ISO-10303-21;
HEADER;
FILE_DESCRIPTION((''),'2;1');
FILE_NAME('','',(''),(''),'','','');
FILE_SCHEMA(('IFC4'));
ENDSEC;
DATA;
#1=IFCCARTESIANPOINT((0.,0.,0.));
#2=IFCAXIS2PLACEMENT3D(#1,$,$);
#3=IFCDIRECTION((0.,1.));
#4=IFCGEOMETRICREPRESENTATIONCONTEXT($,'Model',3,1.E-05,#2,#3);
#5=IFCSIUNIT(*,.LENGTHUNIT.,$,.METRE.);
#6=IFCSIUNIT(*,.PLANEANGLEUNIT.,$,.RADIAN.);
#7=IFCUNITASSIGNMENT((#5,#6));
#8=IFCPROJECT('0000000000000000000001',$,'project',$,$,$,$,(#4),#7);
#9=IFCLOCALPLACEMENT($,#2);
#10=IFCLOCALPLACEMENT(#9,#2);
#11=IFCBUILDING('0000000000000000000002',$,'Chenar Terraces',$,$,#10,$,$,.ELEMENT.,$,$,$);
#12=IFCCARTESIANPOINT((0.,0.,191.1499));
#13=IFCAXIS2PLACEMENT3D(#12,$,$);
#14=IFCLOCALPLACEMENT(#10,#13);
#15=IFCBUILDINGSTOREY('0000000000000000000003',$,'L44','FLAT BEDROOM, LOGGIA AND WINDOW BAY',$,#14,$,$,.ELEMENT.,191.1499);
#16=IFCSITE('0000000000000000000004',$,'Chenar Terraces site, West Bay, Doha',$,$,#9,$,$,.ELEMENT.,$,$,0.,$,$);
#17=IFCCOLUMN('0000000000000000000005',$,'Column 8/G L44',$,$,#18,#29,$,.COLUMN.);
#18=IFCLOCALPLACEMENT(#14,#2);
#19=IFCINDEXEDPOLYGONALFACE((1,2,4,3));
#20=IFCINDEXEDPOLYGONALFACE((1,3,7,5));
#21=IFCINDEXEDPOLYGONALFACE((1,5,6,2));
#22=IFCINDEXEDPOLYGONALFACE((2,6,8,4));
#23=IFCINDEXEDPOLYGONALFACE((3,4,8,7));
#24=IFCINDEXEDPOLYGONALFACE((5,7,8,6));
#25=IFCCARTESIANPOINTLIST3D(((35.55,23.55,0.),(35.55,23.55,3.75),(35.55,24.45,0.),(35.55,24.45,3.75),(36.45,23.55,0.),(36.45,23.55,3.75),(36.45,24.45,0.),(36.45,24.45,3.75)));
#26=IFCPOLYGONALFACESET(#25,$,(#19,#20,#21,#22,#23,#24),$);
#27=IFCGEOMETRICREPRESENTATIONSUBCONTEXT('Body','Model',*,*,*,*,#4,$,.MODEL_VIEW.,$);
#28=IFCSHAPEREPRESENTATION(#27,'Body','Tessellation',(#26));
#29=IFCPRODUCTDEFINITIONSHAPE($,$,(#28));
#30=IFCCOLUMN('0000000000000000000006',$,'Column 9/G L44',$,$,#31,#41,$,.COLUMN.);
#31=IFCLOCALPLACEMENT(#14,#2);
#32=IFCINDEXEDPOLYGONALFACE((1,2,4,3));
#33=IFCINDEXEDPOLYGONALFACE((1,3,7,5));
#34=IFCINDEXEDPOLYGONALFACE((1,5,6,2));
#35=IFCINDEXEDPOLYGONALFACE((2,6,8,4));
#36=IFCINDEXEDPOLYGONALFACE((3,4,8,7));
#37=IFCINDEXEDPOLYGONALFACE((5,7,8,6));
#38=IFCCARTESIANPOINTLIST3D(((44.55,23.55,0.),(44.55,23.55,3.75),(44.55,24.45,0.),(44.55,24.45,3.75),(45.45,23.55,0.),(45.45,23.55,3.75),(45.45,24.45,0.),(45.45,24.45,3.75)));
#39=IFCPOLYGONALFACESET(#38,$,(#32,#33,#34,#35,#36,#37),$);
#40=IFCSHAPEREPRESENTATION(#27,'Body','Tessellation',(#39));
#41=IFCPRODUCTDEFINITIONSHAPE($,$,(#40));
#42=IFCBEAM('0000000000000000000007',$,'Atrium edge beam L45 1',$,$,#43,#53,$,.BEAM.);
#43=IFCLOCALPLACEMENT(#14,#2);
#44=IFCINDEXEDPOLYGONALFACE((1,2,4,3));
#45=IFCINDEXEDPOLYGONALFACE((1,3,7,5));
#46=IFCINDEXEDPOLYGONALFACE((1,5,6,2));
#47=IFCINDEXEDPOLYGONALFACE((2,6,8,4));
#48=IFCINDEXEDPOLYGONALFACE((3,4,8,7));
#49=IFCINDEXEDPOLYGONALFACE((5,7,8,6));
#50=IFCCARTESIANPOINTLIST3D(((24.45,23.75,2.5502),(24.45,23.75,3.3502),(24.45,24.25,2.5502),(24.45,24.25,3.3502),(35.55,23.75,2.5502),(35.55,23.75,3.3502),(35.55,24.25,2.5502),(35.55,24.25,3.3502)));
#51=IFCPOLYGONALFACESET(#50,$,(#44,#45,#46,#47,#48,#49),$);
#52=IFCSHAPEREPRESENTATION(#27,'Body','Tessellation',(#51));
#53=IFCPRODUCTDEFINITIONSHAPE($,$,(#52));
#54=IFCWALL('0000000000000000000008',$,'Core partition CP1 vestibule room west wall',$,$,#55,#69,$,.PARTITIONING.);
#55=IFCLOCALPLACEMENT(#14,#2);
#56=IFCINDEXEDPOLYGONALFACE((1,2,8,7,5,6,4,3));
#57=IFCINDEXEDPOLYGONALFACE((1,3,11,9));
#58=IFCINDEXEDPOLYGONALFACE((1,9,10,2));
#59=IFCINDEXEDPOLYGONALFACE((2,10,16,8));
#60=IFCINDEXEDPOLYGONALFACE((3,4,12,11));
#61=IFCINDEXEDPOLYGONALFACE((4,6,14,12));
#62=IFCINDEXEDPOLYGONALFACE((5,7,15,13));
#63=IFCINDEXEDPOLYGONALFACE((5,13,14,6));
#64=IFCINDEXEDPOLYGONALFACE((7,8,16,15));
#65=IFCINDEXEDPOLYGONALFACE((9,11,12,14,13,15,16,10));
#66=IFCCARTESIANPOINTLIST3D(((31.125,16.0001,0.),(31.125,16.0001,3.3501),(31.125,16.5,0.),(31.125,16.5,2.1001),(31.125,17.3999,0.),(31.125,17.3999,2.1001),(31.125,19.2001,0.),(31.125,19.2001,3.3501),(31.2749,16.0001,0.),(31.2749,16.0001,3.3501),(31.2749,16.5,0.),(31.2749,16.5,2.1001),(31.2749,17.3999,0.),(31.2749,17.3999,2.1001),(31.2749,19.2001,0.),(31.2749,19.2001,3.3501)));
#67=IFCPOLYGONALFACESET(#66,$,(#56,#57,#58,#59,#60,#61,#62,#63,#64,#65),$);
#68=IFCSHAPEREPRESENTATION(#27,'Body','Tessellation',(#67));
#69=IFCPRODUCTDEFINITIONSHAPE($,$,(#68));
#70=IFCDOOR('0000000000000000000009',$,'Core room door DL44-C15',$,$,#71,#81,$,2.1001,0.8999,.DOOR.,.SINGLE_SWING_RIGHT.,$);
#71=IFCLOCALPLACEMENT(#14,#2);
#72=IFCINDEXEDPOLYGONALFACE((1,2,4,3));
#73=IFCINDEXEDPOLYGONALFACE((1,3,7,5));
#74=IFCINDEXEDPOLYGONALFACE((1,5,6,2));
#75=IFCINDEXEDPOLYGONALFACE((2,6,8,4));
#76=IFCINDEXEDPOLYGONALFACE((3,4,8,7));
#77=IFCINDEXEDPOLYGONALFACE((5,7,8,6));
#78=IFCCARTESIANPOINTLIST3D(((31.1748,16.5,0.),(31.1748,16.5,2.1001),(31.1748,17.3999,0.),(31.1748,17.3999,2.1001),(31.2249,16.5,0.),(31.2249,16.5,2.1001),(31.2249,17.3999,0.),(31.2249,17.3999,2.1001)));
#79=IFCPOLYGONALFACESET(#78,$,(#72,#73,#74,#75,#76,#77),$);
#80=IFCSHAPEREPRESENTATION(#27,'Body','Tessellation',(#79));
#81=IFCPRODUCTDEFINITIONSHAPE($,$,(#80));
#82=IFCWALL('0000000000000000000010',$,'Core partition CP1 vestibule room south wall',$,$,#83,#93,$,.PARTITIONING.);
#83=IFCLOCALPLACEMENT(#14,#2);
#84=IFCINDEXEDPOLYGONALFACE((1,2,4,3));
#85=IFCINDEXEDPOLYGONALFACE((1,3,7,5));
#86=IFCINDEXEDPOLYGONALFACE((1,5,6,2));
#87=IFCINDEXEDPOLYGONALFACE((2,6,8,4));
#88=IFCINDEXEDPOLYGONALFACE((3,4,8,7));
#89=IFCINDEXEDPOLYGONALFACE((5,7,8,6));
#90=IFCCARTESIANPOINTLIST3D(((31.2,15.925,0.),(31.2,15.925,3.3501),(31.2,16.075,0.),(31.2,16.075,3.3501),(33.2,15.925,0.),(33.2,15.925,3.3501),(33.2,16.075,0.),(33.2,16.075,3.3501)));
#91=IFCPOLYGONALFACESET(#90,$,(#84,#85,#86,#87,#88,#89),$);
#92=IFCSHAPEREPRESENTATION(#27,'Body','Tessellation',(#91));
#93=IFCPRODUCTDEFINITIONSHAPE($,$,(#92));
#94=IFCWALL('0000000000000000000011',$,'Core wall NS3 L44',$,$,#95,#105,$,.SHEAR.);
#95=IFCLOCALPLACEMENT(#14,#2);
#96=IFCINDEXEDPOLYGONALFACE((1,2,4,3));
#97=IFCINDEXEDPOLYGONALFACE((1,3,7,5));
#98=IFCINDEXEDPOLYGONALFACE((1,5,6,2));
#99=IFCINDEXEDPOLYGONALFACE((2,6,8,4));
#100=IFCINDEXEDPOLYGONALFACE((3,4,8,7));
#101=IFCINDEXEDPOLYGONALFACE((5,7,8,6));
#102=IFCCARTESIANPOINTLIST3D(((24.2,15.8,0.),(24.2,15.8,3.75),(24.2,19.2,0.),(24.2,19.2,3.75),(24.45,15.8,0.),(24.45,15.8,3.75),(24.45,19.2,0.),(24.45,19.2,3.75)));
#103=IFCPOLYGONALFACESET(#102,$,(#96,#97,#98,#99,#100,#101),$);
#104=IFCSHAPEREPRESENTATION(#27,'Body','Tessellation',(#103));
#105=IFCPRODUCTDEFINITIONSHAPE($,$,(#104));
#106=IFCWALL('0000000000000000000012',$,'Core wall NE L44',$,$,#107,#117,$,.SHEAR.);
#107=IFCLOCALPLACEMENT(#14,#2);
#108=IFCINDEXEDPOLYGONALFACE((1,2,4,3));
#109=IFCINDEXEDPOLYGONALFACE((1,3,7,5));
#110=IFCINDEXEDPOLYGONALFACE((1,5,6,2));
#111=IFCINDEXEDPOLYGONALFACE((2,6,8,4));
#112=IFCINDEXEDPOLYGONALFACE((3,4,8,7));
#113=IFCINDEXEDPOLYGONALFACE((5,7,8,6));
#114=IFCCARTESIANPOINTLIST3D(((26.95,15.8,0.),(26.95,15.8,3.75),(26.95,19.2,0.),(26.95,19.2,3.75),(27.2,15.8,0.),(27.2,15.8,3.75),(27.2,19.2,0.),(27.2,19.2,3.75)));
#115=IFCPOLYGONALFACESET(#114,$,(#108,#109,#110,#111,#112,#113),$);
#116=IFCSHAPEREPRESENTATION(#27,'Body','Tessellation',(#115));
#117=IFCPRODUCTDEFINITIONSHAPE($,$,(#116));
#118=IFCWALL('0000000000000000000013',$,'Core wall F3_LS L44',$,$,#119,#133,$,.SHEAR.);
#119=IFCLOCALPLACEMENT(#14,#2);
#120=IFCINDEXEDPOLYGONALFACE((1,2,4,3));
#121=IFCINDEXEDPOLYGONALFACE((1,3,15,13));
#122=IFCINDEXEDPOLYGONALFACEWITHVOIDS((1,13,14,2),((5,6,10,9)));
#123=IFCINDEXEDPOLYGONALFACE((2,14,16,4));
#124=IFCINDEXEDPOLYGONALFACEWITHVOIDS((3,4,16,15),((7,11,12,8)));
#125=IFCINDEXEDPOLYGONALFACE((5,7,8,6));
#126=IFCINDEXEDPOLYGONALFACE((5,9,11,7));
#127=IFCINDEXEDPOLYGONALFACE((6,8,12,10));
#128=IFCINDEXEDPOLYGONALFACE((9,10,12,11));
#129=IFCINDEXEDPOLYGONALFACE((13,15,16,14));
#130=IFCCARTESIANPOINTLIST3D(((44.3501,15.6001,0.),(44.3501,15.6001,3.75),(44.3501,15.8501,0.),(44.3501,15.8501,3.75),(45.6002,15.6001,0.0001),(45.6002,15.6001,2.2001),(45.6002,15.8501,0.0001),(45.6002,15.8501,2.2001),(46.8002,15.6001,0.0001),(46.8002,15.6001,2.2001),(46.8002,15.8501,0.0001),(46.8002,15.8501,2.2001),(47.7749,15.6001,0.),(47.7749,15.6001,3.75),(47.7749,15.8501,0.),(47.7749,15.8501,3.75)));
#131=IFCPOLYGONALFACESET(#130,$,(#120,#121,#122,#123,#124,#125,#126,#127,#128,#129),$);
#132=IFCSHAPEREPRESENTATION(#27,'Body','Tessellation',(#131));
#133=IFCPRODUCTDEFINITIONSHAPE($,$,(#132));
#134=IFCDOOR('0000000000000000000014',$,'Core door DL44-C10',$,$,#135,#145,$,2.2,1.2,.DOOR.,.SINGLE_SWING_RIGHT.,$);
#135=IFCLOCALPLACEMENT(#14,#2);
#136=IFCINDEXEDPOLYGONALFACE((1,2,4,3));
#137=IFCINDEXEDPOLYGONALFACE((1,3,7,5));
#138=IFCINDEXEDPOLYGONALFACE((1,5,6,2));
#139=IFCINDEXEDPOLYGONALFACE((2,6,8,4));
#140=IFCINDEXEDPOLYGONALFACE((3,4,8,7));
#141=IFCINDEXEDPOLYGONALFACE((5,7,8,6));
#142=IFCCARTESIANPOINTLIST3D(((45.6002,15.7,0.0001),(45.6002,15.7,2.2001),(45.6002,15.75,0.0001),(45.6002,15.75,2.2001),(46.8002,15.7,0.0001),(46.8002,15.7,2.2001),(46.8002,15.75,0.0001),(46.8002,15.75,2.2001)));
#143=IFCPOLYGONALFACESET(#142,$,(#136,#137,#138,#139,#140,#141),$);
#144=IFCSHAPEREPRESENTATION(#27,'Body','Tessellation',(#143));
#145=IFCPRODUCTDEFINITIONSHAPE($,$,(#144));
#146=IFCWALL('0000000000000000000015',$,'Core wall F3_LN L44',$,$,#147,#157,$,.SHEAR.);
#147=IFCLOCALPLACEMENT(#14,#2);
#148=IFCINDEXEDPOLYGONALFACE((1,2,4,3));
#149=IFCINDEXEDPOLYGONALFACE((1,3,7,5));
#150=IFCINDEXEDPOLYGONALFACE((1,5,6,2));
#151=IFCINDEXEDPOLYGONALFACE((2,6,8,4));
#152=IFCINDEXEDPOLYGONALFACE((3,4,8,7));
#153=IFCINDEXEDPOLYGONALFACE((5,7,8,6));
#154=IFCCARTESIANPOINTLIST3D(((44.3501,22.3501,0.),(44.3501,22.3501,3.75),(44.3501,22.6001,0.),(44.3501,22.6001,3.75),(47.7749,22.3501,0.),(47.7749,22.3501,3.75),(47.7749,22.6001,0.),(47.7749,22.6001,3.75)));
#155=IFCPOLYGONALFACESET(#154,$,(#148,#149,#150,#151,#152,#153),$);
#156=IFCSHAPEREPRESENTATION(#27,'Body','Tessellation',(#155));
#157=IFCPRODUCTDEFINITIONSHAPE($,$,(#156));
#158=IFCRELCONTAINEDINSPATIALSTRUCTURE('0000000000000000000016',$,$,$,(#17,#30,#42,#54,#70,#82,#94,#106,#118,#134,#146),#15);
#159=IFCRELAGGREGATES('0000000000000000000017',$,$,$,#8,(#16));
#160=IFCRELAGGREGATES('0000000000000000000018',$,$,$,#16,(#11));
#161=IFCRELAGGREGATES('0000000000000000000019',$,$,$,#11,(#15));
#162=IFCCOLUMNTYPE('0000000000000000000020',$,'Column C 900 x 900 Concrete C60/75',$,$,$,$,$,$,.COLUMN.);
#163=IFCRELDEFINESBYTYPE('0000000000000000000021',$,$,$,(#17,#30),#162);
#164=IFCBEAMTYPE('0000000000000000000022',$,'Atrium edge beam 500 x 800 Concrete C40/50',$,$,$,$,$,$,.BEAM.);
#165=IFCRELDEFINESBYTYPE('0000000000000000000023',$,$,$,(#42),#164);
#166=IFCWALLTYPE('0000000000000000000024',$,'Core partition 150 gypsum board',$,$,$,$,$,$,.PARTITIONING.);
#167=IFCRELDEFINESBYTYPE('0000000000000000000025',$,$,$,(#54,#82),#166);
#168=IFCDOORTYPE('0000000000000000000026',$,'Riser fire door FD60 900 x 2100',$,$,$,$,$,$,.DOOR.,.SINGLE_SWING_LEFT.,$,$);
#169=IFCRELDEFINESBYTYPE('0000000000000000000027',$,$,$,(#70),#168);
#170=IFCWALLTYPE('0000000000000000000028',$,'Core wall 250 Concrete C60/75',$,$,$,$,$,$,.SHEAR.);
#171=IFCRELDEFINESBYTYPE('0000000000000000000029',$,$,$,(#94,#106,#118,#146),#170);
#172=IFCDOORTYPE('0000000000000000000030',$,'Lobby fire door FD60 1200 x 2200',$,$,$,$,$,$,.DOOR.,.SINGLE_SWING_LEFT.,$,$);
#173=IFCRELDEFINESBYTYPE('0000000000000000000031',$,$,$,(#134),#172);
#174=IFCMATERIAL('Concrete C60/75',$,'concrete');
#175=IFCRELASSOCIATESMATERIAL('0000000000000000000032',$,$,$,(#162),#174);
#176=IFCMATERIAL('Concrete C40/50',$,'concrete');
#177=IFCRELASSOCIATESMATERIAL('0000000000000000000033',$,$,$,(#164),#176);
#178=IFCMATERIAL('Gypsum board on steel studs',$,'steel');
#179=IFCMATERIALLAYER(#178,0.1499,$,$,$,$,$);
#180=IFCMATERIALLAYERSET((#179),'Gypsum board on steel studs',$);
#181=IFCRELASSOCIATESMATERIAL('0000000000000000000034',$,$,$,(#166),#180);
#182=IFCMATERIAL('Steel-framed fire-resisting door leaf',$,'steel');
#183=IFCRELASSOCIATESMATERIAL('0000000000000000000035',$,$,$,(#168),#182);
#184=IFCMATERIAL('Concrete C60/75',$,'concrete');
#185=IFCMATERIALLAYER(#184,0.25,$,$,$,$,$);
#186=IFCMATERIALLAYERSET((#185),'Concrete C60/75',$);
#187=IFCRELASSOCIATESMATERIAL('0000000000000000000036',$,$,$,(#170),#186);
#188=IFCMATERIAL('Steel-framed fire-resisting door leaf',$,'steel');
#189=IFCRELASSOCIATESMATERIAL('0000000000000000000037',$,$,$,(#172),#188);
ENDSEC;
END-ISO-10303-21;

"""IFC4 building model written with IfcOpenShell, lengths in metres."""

from ifc_helpers import new_model, si_unit, direction, frame, frame_2d, origin, origin_2d, place, context, subcontext, project, spatial, rectangle, extrude, material, layer, layer_set, material_profile, profile_set, type_object, element, fill, save


model = new_model("IFC4")

# Units and contexts
model_context = context("Model", 3, precision=1e-05, world=origin(), true_north=direction((0.0, 1.0)))
body_context = subcontext(model_context, "Body", "Model", "MODEL_VIEW")
ifc_project = project(units=[si_unit("LENGTHUNIT", "METRE"), si_unit("PLANEANGLEUNIT", "RADIAN")], contexts=[model_context])

# Site, building, storey
site_placement = place(None, origin())
site = spatial("IfcSite", under=ifc_project, at=site_placement, Name="Chenar Terraces site, West Bay, Doha", CompositionType="ELEMENT", RefElevation=0.0)
building_placement = place(site_placement, origin())
building = spatial("IfcBuilding", under=site, at=building_placement, Name="Chenar Terraces", CompositionType="ELEMENT")
storey_placement = place(building_placement, frame((0.0, 0.0, 191.1499)))
storey = spatial("IfcBuildingStorey", under=building, at=storey_placement, Name="L44", Description="FLAT BEDROOM, LOGGIA AND WINDOW BAY", CompositionType="ELEMENT", Elevation=191.1499)

# Columns
ifc_material_1 = material(Name="Concrete C60/75", Category="concrete")
ifc_material_profile_1 = material_profile(ifc_material_1, rectangle(XDim=0.8999, YDim=0.8999, at=origin_2d()), Name="C 900 x 900")
ifc_profile_set_1 = profile_set([ifc_material_profile_1], Name="Concrete C60/75")
column_type = type_object("IfcColumnType", Name="Column C 900 x 900 Concrete C60/75", PredefinedType="COLUMN", material=ifc_profile_set_1)
for number, where, z_axis, x_axis, name in (
    (1, (36.0, 24.0, 0.0), (0.0, 0.0, 1.0), (1.0, 0.0, 0.0), "Column 8/G L44"),
    (2, (45.0, 24.0, 0.0), (0.0, 0.0, 1.0), (1.0, 0.0, 0.0), "Column 9/G L44"),
):
    element("IfcColumn", number, at=place(storey_placement, frame(where, z_axis=z_axis, x_axis=x_axis)), inside=storey, type_object=column_type, Name=name, PredefinedType="COLUMN", context=body_context, shape_type="SweptSolid", body=[
        extrude(rectangle(XDim=0.8999, YDim=0.8999, at=origin_2d()), origin(), (0.0, 0.0, 1.0), 3.75),
    ])

# Beam
ifc_material_2 = material(Name="Concrete C40/50", Category="concrete")
ifc_material_profile_2 = material_profile(ifc_material_2, rectangle(XDim=0.5, YDim=0.8, at=origin_2d()), Name="RC 500 x 800")
ifc_profile_set_2 = profile_set([ifc_material_profile_2], Name="Concrete C40/50")
beam_type = type_object("IfcBeamType", Name="Atrium edge beam 500 x 800 Concrete C40/50", PredefinedType="BEAM", material=ifc_profile_set_2)
beam_placement = place(storey_placement, frame((24.45, 24.0, 2.9502), z_axis=(1.0, 0.0, 0.0), x_axis=(0.0, 1.0, 0.0)))
element("IfcBeam", 3, at=beam_placement, inside=storey, type_object=beam_type, Name="Atrium edge beam L45 1", PredefinedType="BEAM", context=body_context, shape_type="SweptSolid", body=[
    extrude(rectangle(XDim=0.5, YDim=0.8, at=origin_2d()), origin(), (0.0, 0.0, 1.0), 11.1001),
])

# Wall, opening, door
ifc_material_3 = material(Name="Gypsum board on steel studs", Category="steel")
ifc_layer_1 = layer(ifc_material_3, 0.1499)
ifc_layer_set_1 = layer_set([ifc_layer_1], Name="Gypsum board on steel studs")
wall_type_1 = type_object("IfcWallType", Name="Core partition 150 gypsum board", PredefinedType="PARTITIONING", material=ifc_layer_set_1)
wall_1_placement = place(storey_placement, frame((31.2, 16.0, 0.0), z_axis=(0.0, 0.0, 1.0), x_axis=(0.0, 1.0, 0.0)))
wall_1 = element("IfcWall", 4, at=wall_1_placement, inside=storey, type_object=wall_type_1, Name="Core partition CP1 vestibule room west wall", PredefinedType="PARTITIONING", context=body_context, shape_type="SweptSolid", body=[
    extrude(rectangle(XDim=3.2, YDim=0.1499, at=frame_2d((1.6001, 0.0))), origin(), (0.0, 0.0, 1.0), 3.3501),
])
opening_1_placement = place(wall_1_placement, frame((0.5, 0.0, 0.0)))
opening_1 = element("IfcOpeningElement", 5, at=opening_1_placement, cuts=wall_1, PredefinedType="OPENING", context=body_context, shape_type="SweptSolid", body=[
    extrude(rectangle(XDim=0.8999, YDim=2.1001, at=frame_2d((0.45, 1.05))), frame((0.0, 0.085, 0.0), z_axis=(0.0, -1.0, 0.0), x_axis=(1.0, 0.0, 0.0)), (0.0, 0.0, 1.0), 0.1699),
])
ifc_material_4 = material(Name="Steel-framed fire-resisting door leaf", Category="steel")
door_type_1 = type_object("IfcDoorType", Name="Riser fire door FD60 900 x 2100", OperationType="SINGLE_SWING_LEFT", PredefinedType="DOOR", material=ifc_material_4)
door_1_placement = place(opening_1_placement, frame((0.8999, 0.0, 0.0), z_axis=(0.0, 0.0, 1.0), x_axis=(-1.0, 0.0, 0.0)))
door_1 = element("IfcDoor", 6, at=door_1_placement, inside=storey, type_object=door_type_1, Name="Core room door DL44-C15", OperationType="SINGLE_SWING_RIGHT", OverallHeight=2.1001, OverallWidth=0.8999, PredefinedType="DOOR", context=body_context, shape_type="SweptSolid", body=[
    extrude(rectangle(XDim=0.8999, YDim=2.1001, at=frame_2d((0.45, 1.05))), frame((0.0, 0.0249, 0.0), z_axis=(0.0, -1.0, 0.0), x_axis=(1.0, 0.0, 0.0)), (0.0, 0.0, 1.0), 0.05),
])
fill(opening_1, door_1)

# Walls
wall_2_placement = place(storey_placement, frame((31.2, 16.0, 0.0), z_axis=(0.0, 0.0, 1.0), x_axis=(1.0, 0.0, 0.0)))
element("IfcWall", 7, at=wall_2_placement, inside=storey, type_object=wall_type_1, Name="Core partition CP1 vestibule room south wall", PredefinedType="PARTITIONING", context=body_context, shape_type="SweptSolid", body=[
    extrude(rectangle(XDim=2.0, YDim=0.1499, at=frame_2d((1.0, 0.0))), origin(), (0.0, 0.0, 1.0), 3.3501),
])
ifc_material_5 = material(Name="Concrete C60/75", Category="concrete")
ifc_layer_2 = layer(ifc_material_5, 0.25)
ifc_layer_set_2 = layer_set([ifc_layer_2], Name="Concrete C60/75")
wall_type_2 = type_object("IfcWallType", Name="Core wall 250 Concrete C60/75", PredefinedType="SHEAR", material=ifc_layer_set_2)
for number, where, z_axis, x_axis, name in (
    (8, (24.325, 15.8, 0.0), (0.0, 0.0, 1.0), (0.0, 1.0, 0.0), "Core wall NS3 L44"),
    (9, (27.075, 15.8, 0.0), (0.0, 0.0, 1.0), (0.0, 1.0, 0.0), "Core wall NE L44"),
):
    element("IfcWall", number, at=place(storey_placement, frame(where, z_axis=z_axis, x_axis=x_axis)), inside=storey, type_object=wall_type_2, Name=name, PredefinedType="SHEAR", context=body_context, shape_type="SweptSolid", body=[
        extrude(rectangle(XDim=3.3999, YDim=0.25, at=frame_2d((1.7, 0.0))), origin(), (0.0, 0.0, 1.0), 3.75),
    ])

# Wall, opening, door
wall_3_placement = place(storey_placement, frame((44.3501, 15.7251, 0.0), z_axis=(0.0, 0.0, 1.0), x_axis=(1.0, 0.0, 0.0)))
wall_3 = element("IfcWall", 10, at=wall_3_placement, inside=storey, type_object=wall_type_2, Name="Core wall F3_LS L44", PredefinedType="SHEAR", context=body_context, shape_type="SweptSolid", body=[
    extrude(rectangle(XDim=3.4248, YDim=0.25, at=frame_2d((1.7124, 0.0))), origin(), (0.0, 0.0, 1.0), 3.75),
])
opening_2_placement = place(wall_3_placement, frame((1.25, 0.0, 0.0)))
opening_2 = element("IfcOpeningElement", 11, at=opening_2_placement, cuts=wall_3, PredefinedType="OPENING", context=body_context, shape_type="SweptSolid", body=[
    extrude(rectangle(XDim=1.2, YDim=2.2, at=frame_2d((0.6001, 1.1001))), frame((0.0, 0.135, 0.0), z_axis=(0.0, -1.0, 0.0), x_axis=(1.0, 0.0, 0.0)), (0.0, 0.0, 1.0), 0.27),
])
ifc_material_6 = material(Name="Steel-framed fire-resisting door leaf", Category="steel")
door_type_2 = type_object("IfcDoorType", Name="Lobby fire door FD60 1200 x 2200", OperationType="SINGLE_SWING_LEFT", PredefinedType="DOOR", material=ifc_material_6)
door_2_placement = place(opening_2_placement, origin())
door_2 = element("IfcDoor", 12, at=door_2_placement, inside=storey, type_object=door_type_2, Name="Core door DL44-C10", OperationType="SINGLE_SWING_RIGHT", OverallHeight=2.2, OverallWidth=1.2, PredefinedType="DOOR", context=body_context, shape_type="SweptSolid", body=[
    extrude(rectangle(XDim=1.2, YDim=2.2, at=frame_2d((0.6001, 1.1001))), frame((0.0, 0.0249, 0.0), z_axis=(0.0, -1.0, 0.0), x_axis=(1.0, 0.0, 0.0)), (0.0, 0.0, 1.0), 0.05),
])
fill(opening_2, door_2)

# Wall
wall_4_placement = place(storey_placement, frame((44.3501, 22.4751, 0.0), z_axis=(0.0, 0.0, 1.0), x_axis=(1.0, 0.0, 0.0)))
element("IfcWall", 13, at=wall_4_placement, inside=storey, type_object=wall_type_2, Name="Core wall F3_LN L44", PredefinedType="SHEAR", context=body_context, shape_type="SweptSolid", body=[
    extrude(rectangle(XDim=3.4248, YDim=0.25, at=frame_2d((1.7124, 0.0))), origin(), (0.0, 0.0, 1.0), 3.75),
])

save(model, "model.ifc")
